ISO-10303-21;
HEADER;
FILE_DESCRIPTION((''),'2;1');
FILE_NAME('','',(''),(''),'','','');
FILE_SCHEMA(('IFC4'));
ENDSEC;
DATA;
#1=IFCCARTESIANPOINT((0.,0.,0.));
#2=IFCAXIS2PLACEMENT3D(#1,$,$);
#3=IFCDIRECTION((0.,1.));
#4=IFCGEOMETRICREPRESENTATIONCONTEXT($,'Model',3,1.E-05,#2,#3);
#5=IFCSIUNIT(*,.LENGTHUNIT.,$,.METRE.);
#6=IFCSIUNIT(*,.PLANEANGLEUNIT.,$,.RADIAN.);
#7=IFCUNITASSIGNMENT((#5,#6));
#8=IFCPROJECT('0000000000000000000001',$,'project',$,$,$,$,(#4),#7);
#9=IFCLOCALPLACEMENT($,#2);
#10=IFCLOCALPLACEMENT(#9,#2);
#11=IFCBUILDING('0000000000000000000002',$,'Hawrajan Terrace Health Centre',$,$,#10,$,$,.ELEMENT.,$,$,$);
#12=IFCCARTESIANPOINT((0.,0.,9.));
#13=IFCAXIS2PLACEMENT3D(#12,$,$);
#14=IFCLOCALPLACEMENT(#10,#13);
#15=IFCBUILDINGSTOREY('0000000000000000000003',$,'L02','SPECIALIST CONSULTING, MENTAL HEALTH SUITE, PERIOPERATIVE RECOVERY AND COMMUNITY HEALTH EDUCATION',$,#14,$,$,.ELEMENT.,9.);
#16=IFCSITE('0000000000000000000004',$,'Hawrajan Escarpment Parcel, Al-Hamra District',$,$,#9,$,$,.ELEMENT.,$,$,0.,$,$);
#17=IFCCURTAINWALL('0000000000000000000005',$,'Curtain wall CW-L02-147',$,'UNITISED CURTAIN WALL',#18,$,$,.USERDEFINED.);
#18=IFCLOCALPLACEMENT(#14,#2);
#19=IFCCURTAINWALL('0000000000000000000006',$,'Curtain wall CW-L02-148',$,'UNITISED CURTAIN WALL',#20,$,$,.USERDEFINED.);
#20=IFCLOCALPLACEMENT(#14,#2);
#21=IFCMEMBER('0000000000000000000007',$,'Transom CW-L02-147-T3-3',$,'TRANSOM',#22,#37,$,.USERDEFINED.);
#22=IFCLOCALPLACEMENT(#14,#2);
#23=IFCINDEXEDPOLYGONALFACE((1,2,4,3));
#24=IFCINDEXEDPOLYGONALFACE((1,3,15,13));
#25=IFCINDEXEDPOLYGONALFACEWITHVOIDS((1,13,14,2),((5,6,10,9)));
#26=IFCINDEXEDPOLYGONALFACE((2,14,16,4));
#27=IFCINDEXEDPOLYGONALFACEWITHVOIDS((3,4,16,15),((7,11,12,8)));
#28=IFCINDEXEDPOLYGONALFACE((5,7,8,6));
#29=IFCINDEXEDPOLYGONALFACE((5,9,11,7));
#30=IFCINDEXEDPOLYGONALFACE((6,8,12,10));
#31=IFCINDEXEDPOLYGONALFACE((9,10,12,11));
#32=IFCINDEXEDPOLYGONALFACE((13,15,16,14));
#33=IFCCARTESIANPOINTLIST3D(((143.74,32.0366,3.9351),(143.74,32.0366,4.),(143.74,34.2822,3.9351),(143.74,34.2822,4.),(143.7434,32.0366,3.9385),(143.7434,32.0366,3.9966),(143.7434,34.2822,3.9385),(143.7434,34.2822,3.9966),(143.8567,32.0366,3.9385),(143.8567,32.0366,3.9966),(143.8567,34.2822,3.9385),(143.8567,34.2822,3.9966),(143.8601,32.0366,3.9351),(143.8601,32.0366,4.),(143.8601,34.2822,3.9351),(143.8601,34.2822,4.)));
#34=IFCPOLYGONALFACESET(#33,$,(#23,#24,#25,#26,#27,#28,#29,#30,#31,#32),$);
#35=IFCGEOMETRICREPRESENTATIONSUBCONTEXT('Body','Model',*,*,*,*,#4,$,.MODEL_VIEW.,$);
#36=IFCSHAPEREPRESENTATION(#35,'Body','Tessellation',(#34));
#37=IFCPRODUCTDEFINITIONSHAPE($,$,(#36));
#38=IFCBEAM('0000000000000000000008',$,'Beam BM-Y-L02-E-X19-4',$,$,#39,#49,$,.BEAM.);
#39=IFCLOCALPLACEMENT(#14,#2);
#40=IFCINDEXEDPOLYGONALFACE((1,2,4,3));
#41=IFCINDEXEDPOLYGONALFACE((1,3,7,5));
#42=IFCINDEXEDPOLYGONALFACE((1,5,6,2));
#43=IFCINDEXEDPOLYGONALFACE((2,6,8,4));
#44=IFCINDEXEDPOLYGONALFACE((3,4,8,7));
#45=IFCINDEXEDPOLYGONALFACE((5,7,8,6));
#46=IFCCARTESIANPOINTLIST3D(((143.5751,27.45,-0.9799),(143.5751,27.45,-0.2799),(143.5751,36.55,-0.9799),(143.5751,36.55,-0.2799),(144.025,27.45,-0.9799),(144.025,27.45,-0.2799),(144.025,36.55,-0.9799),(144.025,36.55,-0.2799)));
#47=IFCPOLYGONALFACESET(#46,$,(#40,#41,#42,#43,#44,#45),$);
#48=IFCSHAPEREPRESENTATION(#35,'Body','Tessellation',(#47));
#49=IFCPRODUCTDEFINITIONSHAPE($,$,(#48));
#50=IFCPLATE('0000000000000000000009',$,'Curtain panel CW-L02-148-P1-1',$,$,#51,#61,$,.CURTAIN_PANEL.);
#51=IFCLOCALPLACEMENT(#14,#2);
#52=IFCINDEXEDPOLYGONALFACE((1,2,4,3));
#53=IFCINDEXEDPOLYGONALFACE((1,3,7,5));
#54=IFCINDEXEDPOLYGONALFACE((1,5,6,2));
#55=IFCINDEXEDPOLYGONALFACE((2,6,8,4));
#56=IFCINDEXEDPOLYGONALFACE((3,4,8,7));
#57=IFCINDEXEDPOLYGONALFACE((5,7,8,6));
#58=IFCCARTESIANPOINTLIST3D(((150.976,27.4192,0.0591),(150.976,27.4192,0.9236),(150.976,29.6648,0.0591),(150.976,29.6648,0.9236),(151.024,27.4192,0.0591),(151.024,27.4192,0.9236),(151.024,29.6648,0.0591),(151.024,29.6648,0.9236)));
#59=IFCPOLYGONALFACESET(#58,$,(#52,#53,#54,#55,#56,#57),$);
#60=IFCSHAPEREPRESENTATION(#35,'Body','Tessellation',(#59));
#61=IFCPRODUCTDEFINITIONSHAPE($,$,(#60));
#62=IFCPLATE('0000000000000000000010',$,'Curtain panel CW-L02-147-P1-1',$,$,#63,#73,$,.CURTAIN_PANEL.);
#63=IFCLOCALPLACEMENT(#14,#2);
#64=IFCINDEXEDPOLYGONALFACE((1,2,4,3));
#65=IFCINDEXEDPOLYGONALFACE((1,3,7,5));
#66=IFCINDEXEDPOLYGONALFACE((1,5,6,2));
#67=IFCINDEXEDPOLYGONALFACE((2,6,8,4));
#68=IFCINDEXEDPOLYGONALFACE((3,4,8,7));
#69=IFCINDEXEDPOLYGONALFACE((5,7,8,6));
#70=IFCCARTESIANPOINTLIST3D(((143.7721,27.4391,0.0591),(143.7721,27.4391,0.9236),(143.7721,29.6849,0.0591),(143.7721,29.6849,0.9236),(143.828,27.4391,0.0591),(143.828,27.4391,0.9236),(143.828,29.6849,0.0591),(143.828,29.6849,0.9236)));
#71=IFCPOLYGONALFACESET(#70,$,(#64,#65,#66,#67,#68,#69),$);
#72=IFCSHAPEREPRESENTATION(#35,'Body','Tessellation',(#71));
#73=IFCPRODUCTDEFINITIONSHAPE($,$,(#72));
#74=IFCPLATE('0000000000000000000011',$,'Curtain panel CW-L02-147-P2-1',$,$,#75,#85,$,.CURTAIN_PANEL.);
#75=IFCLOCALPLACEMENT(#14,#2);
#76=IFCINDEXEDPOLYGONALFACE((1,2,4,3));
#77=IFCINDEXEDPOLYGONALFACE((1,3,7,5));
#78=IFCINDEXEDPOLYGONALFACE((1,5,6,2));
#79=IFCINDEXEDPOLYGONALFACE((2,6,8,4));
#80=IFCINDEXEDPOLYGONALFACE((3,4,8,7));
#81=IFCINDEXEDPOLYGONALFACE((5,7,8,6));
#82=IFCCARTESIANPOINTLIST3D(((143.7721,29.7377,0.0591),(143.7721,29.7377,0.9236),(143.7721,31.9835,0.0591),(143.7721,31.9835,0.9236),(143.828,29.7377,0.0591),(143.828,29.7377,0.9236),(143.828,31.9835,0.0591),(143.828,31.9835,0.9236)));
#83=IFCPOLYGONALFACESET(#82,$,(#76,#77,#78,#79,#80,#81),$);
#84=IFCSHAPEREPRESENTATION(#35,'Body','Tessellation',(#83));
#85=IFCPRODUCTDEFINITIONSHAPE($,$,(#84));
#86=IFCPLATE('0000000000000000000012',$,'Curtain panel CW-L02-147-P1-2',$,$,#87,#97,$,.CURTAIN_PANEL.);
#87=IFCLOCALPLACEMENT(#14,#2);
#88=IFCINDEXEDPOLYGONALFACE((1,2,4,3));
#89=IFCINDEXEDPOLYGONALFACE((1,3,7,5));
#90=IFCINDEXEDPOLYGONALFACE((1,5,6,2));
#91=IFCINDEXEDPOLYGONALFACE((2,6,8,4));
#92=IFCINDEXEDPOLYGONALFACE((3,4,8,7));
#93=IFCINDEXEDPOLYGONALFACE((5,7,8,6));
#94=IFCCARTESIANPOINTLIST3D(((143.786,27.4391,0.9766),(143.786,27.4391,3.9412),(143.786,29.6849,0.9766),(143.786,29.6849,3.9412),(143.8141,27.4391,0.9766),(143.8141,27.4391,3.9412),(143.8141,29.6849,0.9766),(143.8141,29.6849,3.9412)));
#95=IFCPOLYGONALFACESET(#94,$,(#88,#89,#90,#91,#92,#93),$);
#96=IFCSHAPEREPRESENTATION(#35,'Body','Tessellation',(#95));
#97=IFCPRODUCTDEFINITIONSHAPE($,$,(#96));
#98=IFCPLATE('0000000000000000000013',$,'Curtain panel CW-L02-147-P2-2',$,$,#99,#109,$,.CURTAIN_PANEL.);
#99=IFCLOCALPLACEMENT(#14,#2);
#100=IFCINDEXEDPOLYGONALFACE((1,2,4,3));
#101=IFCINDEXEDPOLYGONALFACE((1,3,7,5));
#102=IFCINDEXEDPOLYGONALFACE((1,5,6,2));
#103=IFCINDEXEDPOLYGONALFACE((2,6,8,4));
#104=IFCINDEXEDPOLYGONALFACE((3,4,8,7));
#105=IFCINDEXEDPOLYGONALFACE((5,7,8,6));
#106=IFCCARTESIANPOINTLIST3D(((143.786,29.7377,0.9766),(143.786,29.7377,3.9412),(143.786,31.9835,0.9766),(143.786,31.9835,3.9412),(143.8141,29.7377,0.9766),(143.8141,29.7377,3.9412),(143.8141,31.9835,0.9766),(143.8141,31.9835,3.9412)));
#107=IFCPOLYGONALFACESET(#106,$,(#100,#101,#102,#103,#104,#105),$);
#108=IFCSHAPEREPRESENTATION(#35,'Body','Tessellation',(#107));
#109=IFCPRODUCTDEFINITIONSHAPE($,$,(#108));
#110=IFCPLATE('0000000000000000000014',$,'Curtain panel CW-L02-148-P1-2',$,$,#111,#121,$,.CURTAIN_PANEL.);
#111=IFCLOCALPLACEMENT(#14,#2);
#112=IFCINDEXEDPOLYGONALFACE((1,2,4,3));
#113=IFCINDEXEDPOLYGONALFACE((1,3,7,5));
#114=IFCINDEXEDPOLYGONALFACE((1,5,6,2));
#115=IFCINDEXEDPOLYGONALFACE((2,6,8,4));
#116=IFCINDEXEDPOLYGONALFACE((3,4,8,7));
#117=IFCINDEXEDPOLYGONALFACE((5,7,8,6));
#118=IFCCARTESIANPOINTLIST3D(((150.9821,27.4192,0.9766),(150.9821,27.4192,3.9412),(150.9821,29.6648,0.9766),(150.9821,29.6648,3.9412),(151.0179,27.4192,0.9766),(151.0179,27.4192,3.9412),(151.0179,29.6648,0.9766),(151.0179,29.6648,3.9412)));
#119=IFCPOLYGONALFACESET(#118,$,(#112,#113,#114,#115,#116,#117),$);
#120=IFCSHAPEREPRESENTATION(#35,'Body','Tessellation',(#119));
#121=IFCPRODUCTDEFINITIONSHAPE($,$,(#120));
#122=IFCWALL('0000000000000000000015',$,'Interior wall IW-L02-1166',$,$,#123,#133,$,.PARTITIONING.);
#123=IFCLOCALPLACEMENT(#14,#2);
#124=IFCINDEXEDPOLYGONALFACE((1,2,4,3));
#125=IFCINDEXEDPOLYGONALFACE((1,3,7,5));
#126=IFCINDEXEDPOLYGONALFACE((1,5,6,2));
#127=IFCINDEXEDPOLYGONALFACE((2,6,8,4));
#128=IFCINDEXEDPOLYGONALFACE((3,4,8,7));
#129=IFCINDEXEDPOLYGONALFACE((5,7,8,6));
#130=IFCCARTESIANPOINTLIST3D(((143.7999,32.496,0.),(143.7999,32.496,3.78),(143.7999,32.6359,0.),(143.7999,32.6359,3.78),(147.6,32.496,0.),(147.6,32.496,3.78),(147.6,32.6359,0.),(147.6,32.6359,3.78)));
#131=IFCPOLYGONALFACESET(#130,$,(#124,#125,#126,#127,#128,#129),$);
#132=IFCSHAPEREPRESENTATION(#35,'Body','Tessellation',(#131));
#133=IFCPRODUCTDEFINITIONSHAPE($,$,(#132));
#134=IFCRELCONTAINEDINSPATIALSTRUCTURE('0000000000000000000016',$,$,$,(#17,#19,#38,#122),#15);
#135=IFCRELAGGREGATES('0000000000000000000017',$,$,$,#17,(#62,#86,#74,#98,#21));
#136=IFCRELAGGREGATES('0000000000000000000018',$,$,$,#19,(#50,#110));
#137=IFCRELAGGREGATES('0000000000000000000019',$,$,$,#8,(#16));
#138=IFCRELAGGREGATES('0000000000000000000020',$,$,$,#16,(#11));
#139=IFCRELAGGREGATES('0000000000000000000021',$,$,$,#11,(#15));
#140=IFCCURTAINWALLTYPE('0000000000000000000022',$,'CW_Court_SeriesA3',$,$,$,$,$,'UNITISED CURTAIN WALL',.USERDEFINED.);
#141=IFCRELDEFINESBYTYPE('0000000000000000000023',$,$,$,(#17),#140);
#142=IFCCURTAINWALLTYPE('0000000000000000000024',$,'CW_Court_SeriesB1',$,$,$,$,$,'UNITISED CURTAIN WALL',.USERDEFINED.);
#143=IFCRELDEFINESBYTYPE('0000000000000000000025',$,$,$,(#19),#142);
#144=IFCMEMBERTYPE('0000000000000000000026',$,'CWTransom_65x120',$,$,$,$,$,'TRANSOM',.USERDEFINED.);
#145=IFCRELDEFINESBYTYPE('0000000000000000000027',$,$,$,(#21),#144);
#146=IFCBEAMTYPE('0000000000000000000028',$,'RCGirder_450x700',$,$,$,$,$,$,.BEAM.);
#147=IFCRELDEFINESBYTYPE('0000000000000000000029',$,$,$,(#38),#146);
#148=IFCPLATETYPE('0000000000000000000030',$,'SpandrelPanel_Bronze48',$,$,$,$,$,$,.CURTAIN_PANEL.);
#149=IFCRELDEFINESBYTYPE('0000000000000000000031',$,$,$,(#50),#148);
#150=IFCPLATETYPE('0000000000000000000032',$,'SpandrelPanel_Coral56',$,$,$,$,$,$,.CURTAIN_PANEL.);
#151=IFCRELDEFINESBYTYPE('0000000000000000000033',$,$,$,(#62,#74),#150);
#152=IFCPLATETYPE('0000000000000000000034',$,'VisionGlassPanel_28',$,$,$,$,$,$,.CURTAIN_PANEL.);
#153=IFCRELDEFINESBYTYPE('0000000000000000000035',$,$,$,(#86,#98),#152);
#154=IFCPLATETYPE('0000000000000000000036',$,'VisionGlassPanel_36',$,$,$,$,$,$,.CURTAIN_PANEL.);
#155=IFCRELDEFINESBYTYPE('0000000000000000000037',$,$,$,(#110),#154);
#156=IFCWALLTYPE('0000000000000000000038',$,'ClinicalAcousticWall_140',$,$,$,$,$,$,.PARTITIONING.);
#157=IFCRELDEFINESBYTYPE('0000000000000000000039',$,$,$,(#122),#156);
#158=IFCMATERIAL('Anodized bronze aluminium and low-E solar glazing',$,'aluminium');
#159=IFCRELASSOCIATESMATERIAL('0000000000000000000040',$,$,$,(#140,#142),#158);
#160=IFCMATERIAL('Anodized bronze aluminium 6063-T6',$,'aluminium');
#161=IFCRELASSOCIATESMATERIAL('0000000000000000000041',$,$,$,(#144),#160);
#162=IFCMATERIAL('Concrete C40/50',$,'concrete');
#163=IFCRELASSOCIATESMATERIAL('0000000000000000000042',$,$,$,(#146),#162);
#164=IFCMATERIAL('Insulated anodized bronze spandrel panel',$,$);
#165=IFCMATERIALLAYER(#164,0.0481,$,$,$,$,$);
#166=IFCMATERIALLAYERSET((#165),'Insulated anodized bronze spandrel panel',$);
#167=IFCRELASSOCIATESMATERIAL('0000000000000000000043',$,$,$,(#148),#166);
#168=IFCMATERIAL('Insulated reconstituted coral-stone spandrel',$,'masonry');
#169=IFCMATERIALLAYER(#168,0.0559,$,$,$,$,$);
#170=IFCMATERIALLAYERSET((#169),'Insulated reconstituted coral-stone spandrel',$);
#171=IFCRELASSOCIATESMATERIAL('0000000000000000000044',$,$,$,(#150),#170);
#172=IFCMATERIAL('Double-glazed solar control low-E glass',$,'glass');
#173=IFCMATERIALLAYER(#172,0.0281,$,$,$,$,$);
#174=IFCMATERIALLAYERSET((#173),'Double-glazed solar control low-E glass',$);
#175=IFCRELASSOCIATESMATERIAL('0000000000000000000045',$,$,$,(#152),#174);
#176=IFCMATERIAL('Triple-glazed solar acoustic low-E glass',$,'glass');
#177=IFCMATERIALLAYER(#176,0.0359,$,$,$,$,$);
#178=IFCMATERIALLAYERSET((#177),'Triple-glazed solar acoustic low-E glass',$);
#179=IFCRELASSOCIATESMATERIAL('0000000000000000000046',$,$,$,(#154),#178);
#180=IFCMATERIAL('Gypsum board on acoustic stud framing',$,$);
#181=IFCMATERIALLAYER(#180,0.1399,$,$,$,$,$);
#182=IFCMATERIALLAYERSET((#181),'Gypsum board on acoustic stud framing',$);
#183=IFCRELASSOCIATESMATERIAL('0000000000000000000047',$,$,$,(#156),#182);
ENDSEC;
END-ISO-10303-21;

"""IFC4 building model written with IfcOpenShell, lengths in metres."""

from ifc_helpers import new_model, si_unit, direction, frame, frame_2d, origin, origin_2d, place, context, subcontext, project, spatial, rectangle, hollow_rectangle, extrude, material, layer, layer_set, material_profile, profile_set, type_object, element, aggregate, save


model = new_model("IFC4")

# Units and contexts
model_context = context("Model", 3, precision=1e-05, world=origin(), true_north=direction((0.0, 1.0)))
body_context = subcontext(model_context, "Body", "Model", "MODEL_VIEW")
ifc_project = project(units=[si_unit("LENGTHUNIT", "METRE"), si_unit("PLANEANGLEUNIT", "RADIAN")], contexts=[model_context])

# Site, building, storey
site_placement = place(None, origin())
site = spatial("IfcSite", under=ifc_project, at=site_placement, Name="Hawrajan Escarpment Parcel, Al-Hamra District", CompositionType="ELEMENT", RefElevation=0.0)
building_placement = place(site_placement, origin())
building = spatial("IfcBuilding", under=site, at=building_placement, Name="Hawrajan Terrace Health Centre", CompositionType="ELEMENT")
storey_placement = place(building_placement, frame((0.0, 0.0, 9.0)))
storey = spatial("IfcBuildingStorey", under=building, at=storey_placement, Name="L02", Description="SPECIALIST CONSULTING, MENTAL HEALTH SUITE, PERIOPERATIVE RECOVERY AND COMMUNITY HEALTH EDUCATION", CompositionType="ELEMENT", Elevation=9.0)

# Curtain wall
ifc_material_1 = material(Name="Anodized bronze aluminium and low-E solar glazing", Category="aluminium")
curtain_wall_type_1 = type_object("IfcCurtainWallType", Name="CW_Court_SeriesA3", ElementType="UNITISED CURTAIN WALL", PredefinedType="USERDEFINED", material=ifc_material_1)
curtain_wall_1_placement = place(storey_placement, origin())
curtain_wall_1 = element("IfcCurtainWall", 1, at=curtain_wall_1_placement, inside=storey, type_object=curtain_wall_type_1, Name="Curtain wall CW-L02-147", ObjectType="UNITISED CURTAIN WALL", PredefinedType="USERDEFINED")
ifc_material_2 = material(Name="Anodized bronze aluminium 6063-T6", Category="aluminium")

# Curtain wall
curtain_wall_type_2 = type_object("IfcCurtainWallType", Name="CW_Court_SeriesB1", ElementType="UNITISED CURTAIN WALL", PredefinedType="USERDEFINED", material=ifc_material_1)
curtain_wall_2_placement = place(storey_placement, origin())
curtain_wall_2 = element("IfcCurtainWall", 2, at=curtain_wall_2_placement, inside=storey, type_object=curtain_wall_type_2, Name="Curtain wall CW-L02-148", ObjectType="UNITISED CURTAIN WALL", PredefinedType="USERDEFINED")

# Member
ifc_material_profile_1 = material_profile(ifc_material_2, hollow_rectangle(XDim=0.0649, YDim=0.1201, WallThickness=0.0034, at=origin_2d()), Name="CW TRN 65x120")
ifc_profile_set_1 = profile_set([ifc_material_profile_1], Name="Anodized bronze aluminium 6063-T6")
member_type_1 = type_object("IfcMemberType", Name="CWTransom_65x120", ElementType="TRANSOM", PredefinedType="USERDEFINED", material=ifc_profile_set_1)
member_1_placement = place(storey_placement, frame((143.8, 32.0366, 3.9675), z_axis=(0.0, 1.0, 0.0), x_axis=(0.0, 0.0, 1.0)))
member_1 = element("IfcMember", 3, at=member_1_placement, type_object=member_type_1, Name="Transom CW-L02-147-T3-3", ObjectType="TRANSOM", PredefinedType="USERDEFINED", context=body_context, shape_type="SweptSolid", body=[
    extrude(hollow_rectangle(XDim=0.0649, YDim=0.1201, WallThickness=0.0034, at=origin_2d()), origin(), (0.0, 0.0, 1.0), 2.2456),
])

# Beam
ifc_material_3 = material(Name="Concrete C40/50", Category="concrete")
ifc_material_profile_2 = material_profile(ifc_material_3, rectangle(XDim=0.45, YDim=0.7, at=origin_2d()), Name="RC BM 450x700")
ifc_profile_set_2 = profile_set([ifc_material_profile_2], Name="Concrete C40/50")
beam_type = type_object("IfcBeamType", Name="RCGirder_450x700", PredefinedType="BEAM", material=ifc_profile_set_2)
beam_placement = place(storey_placement, frame((143.8, 27.45, -0.6299), z_axis=(0.0, 1.0, 0.0), x_axis=(-1.0, 0.0, 0.0)))
element("IfcBeam", 4, at=beam_placement, inside=storey, type_object=beam_type, Name="Beam BM-Y-L02-E-X19-4", PredefinedType="BEAM", context=body_context, shape_type="SweptSolid", body=[
    extrude(rectangle(XDim=0.45, YDim=0.7, at=origin_2d()), origin(), (0.0, 0.0, 1.0), 9.1001),
])

# Plates
ifc_material_4 = material(Name="Insulated anodized bronze spandrel panel")
ifc_layer_1 = layer(ifc_material_4, 0.0481)
ifc_layer_set_1 = layer_set([ifc_layer_1], Name="Insulated anodized bronze spandrel panel")
plate_type_1 = type_object("IfcPlateType", Name="SpandrelPanel_Bronze48", PredefinedType="CURTAIN_PANEL", material=ifc_layer_set_1)
plate_1_placement = place(storey_placement, frame((151.0, 28.542, 0.0591), z_axis=(0.0, 0.0, 1.0), x_axis=(0.0, 1.0, 0.0)))
plate_1 = element("IfcPlate", 5, at=plate_1_placement, type_object=plate_type_1, Name="Curtain panel CW-L02-148-P1-1", PredefinedType="CURTAIN_PANEL", context=body_context, shape_type="SweptSolid", body=[
    extrude(rectangle(XDim=2.2456, YDim=0.0481, at=origin_2d()), origin(), (0.0, 0.0, 1.0), 0.8645),
])
ifc_material_5 = material(Name="Insulated reconstituted coral-stone spandrel", Category="masonry")
ifc_layer_2 = layer(ifc_material_5, 0.0559)
ifc_layer_set_2 = layer_set([ifc_layer_2], Name="Insulated reconstituted coral-stone spandrel")
plate_type_2 = type_object("IfcPlateType", Name="SpandrelPanel_Coral56", PredefinedType="CURTAIN_PANEL", material=ifc_layer_set_2)
plate_2_placement = place(storey_placement, frame((143.8, 28.562, 0.0591), z_axis=(0.0, 0.0, 1.0), x_axis=(0.0, 1.0, 0.0)))
plate_2 = element("IfcPlate", 6, at=plate_2_placement, type_object=plate_type_2, Name="Curtain panel CW-L02-147-P1-1", PredefinedType="CURTAIN_PANEL", context=body_context, shape_type="SweptSolid", body=[
    extrude(rectangle(XDim=2.2458, YDim=0.0559, at=origin_2d()), origin(), (0.0, 0.0, 1.0), 0.8645),
])
plate_3_placement = place(storey_placement, frame((143.8, 30.8606, 0.0591), z_axis=(0.0, 0.0, 1.0), x_axis=(0.0, 1.0, 0.0)))
plate_3 = element("IfcPlate", 7, at=plate_3_placement, type_object=plate_type_2, Name="Curtain panel CW-L02-147-P2-1", PredefinedType="CURTAIN_PANEL", context=body_context, shape_type="SweptSolid", body=[
    extrude(rectangle(XDim=2.2458, YDim=0.0559, at=origin_2d()), origin(), (0.0, 0.0, 1.0), 0.8645),
])
ifc_material_6 = material(Name="Double-glazed solar control low-E glass", Category="glass")
ifc_layer_3 = layer(ifc_material_6, 0.0281)
ifc_layer_set_3 = layer_set([ifc_layer_3], Name="Double-glazed solar control low-E glass")
plate_type_3 = type_object("IfcPlateType", Name="VisionGlassPanel_28", PredefinedType="CURTAIN_PANEL", material=ifc_layer_set_3)
plate_4_placement = place(storey_placement, frame((143.8, 28.562, 0.9766), z_axis=(0.0, 0.0, 1.0), x_axis=(0.0, 1.0, 0.0)))
plate_4 = element("IfcPlate", 8, at=plate_4_placement, type_object=plate_type_3, Name="Curtain panel CW-L02-147-P1-2", PredefinedType="CURTAIN_PANEL", context=body_context, shape_type="SweptSolid", body=[
    extrude(rectangle(XDim=2.2458, YDim=0.0281, at=origin_2d()), origin(), (0.0, 0.0, 1.0), 2.9646),
])
plate_5_placement = place(storey_placement, frame((143.8, 30.8606, 0.9766), z_axis=(0.0, 0.0, 1.0), x_axis=(0.0, 1.0, 0.0)))
plate_5 = element("IfcPlate", 9, at=plate_5_placement, type_object=plate_type_3, Name="Curtain panel CW-L02-147-P2-2", PredefinedType="CURTAIN_PANEL", context=body_context, shape_type="SweptSolid", body=[
    extrude(rectangle(XDim=2.2458, YDim=0.0281, at=origin_2d()), origin(), (0.0, 0.0, 1.0), 2.9646),
])
aggregate(curtain_wall_1, [plate_2, plate_4, plate_3, plate_5, member_1])
ifc_material_7 = material(Name="Triple-glazed solar acoustic low-E glass", Category="glass")
ifc_layer_4 = layer(ifc_material_7, 0.0359)
ifc_layer_set_4 = layer_set([ifc_layer_4], Name="Triple-glazed solar acoustic low-E glass")
plate_type_4 = type_object("IfcPlateType", Name="VisionGlassPanel_36", PredefinedType="CURTAIN_PANEL", material=ifc_layer_set_4)
plate_6_placement = place(storey_placement, frame((151.0, 28.542, 0.9766), z_axis=(0.0, 0.0, 1.0), x_axis=(0.0, 1.0, 0.0)))
plate_6 = element("IfcPlate", 10, at=plate_6_placement, type_object=plate_type_4, Name="Curtain panel CW-L02-148-P1-2", PredefinedType="CURTAIN_PANEL", context=body_context, shape_type="SweptSolid", body=[
    extrude(rectangle(XDim=2.2456, YDim=0.0359, at=origin_2d()), origin(), (0.0, 0.0, 1.0), 2.9646),
])
aggregate(curtain_wall_2, [plate_1, plate_6])

# Wall
ifc_material_8 = material(Name="Gypsum board on acoustic stud framing")
ifc_layer_5 = layer(ifc_material_8, 0.1399)
ifc_layer_set_5 = layer_set([ifc_layer_5], Name="Gypsum board on acoustic stud framing")
wall_type = type_object("IfcWallType", Name="ClinicalAcousticWall_140", PredefinedType="PARTITIONING", material=ifc_layer_set_5)
wall_placement = place(storey_placement, frame((143.8, 32.5659, 0.0), z_axis=(0.0, 0.0, 1.0), x_axis=(1.0, 0.0, 0.0)))
element("IfcWall", 11, at=wall_placement, inside=storey, type_object=wall_type, Name="Interior wall IW-L02-1166", PredefinedType="PARTITIONING", context=body_context, shape_type="SweptSolid", body=[
    extrude(rectangle(XDim=3.8, YDim=0.1399, at=frame_2d((1.8999, 0.0))), origin(), (0.0, 0.0, 1.0), 3.78),
])

save(model, "model.ifc")
